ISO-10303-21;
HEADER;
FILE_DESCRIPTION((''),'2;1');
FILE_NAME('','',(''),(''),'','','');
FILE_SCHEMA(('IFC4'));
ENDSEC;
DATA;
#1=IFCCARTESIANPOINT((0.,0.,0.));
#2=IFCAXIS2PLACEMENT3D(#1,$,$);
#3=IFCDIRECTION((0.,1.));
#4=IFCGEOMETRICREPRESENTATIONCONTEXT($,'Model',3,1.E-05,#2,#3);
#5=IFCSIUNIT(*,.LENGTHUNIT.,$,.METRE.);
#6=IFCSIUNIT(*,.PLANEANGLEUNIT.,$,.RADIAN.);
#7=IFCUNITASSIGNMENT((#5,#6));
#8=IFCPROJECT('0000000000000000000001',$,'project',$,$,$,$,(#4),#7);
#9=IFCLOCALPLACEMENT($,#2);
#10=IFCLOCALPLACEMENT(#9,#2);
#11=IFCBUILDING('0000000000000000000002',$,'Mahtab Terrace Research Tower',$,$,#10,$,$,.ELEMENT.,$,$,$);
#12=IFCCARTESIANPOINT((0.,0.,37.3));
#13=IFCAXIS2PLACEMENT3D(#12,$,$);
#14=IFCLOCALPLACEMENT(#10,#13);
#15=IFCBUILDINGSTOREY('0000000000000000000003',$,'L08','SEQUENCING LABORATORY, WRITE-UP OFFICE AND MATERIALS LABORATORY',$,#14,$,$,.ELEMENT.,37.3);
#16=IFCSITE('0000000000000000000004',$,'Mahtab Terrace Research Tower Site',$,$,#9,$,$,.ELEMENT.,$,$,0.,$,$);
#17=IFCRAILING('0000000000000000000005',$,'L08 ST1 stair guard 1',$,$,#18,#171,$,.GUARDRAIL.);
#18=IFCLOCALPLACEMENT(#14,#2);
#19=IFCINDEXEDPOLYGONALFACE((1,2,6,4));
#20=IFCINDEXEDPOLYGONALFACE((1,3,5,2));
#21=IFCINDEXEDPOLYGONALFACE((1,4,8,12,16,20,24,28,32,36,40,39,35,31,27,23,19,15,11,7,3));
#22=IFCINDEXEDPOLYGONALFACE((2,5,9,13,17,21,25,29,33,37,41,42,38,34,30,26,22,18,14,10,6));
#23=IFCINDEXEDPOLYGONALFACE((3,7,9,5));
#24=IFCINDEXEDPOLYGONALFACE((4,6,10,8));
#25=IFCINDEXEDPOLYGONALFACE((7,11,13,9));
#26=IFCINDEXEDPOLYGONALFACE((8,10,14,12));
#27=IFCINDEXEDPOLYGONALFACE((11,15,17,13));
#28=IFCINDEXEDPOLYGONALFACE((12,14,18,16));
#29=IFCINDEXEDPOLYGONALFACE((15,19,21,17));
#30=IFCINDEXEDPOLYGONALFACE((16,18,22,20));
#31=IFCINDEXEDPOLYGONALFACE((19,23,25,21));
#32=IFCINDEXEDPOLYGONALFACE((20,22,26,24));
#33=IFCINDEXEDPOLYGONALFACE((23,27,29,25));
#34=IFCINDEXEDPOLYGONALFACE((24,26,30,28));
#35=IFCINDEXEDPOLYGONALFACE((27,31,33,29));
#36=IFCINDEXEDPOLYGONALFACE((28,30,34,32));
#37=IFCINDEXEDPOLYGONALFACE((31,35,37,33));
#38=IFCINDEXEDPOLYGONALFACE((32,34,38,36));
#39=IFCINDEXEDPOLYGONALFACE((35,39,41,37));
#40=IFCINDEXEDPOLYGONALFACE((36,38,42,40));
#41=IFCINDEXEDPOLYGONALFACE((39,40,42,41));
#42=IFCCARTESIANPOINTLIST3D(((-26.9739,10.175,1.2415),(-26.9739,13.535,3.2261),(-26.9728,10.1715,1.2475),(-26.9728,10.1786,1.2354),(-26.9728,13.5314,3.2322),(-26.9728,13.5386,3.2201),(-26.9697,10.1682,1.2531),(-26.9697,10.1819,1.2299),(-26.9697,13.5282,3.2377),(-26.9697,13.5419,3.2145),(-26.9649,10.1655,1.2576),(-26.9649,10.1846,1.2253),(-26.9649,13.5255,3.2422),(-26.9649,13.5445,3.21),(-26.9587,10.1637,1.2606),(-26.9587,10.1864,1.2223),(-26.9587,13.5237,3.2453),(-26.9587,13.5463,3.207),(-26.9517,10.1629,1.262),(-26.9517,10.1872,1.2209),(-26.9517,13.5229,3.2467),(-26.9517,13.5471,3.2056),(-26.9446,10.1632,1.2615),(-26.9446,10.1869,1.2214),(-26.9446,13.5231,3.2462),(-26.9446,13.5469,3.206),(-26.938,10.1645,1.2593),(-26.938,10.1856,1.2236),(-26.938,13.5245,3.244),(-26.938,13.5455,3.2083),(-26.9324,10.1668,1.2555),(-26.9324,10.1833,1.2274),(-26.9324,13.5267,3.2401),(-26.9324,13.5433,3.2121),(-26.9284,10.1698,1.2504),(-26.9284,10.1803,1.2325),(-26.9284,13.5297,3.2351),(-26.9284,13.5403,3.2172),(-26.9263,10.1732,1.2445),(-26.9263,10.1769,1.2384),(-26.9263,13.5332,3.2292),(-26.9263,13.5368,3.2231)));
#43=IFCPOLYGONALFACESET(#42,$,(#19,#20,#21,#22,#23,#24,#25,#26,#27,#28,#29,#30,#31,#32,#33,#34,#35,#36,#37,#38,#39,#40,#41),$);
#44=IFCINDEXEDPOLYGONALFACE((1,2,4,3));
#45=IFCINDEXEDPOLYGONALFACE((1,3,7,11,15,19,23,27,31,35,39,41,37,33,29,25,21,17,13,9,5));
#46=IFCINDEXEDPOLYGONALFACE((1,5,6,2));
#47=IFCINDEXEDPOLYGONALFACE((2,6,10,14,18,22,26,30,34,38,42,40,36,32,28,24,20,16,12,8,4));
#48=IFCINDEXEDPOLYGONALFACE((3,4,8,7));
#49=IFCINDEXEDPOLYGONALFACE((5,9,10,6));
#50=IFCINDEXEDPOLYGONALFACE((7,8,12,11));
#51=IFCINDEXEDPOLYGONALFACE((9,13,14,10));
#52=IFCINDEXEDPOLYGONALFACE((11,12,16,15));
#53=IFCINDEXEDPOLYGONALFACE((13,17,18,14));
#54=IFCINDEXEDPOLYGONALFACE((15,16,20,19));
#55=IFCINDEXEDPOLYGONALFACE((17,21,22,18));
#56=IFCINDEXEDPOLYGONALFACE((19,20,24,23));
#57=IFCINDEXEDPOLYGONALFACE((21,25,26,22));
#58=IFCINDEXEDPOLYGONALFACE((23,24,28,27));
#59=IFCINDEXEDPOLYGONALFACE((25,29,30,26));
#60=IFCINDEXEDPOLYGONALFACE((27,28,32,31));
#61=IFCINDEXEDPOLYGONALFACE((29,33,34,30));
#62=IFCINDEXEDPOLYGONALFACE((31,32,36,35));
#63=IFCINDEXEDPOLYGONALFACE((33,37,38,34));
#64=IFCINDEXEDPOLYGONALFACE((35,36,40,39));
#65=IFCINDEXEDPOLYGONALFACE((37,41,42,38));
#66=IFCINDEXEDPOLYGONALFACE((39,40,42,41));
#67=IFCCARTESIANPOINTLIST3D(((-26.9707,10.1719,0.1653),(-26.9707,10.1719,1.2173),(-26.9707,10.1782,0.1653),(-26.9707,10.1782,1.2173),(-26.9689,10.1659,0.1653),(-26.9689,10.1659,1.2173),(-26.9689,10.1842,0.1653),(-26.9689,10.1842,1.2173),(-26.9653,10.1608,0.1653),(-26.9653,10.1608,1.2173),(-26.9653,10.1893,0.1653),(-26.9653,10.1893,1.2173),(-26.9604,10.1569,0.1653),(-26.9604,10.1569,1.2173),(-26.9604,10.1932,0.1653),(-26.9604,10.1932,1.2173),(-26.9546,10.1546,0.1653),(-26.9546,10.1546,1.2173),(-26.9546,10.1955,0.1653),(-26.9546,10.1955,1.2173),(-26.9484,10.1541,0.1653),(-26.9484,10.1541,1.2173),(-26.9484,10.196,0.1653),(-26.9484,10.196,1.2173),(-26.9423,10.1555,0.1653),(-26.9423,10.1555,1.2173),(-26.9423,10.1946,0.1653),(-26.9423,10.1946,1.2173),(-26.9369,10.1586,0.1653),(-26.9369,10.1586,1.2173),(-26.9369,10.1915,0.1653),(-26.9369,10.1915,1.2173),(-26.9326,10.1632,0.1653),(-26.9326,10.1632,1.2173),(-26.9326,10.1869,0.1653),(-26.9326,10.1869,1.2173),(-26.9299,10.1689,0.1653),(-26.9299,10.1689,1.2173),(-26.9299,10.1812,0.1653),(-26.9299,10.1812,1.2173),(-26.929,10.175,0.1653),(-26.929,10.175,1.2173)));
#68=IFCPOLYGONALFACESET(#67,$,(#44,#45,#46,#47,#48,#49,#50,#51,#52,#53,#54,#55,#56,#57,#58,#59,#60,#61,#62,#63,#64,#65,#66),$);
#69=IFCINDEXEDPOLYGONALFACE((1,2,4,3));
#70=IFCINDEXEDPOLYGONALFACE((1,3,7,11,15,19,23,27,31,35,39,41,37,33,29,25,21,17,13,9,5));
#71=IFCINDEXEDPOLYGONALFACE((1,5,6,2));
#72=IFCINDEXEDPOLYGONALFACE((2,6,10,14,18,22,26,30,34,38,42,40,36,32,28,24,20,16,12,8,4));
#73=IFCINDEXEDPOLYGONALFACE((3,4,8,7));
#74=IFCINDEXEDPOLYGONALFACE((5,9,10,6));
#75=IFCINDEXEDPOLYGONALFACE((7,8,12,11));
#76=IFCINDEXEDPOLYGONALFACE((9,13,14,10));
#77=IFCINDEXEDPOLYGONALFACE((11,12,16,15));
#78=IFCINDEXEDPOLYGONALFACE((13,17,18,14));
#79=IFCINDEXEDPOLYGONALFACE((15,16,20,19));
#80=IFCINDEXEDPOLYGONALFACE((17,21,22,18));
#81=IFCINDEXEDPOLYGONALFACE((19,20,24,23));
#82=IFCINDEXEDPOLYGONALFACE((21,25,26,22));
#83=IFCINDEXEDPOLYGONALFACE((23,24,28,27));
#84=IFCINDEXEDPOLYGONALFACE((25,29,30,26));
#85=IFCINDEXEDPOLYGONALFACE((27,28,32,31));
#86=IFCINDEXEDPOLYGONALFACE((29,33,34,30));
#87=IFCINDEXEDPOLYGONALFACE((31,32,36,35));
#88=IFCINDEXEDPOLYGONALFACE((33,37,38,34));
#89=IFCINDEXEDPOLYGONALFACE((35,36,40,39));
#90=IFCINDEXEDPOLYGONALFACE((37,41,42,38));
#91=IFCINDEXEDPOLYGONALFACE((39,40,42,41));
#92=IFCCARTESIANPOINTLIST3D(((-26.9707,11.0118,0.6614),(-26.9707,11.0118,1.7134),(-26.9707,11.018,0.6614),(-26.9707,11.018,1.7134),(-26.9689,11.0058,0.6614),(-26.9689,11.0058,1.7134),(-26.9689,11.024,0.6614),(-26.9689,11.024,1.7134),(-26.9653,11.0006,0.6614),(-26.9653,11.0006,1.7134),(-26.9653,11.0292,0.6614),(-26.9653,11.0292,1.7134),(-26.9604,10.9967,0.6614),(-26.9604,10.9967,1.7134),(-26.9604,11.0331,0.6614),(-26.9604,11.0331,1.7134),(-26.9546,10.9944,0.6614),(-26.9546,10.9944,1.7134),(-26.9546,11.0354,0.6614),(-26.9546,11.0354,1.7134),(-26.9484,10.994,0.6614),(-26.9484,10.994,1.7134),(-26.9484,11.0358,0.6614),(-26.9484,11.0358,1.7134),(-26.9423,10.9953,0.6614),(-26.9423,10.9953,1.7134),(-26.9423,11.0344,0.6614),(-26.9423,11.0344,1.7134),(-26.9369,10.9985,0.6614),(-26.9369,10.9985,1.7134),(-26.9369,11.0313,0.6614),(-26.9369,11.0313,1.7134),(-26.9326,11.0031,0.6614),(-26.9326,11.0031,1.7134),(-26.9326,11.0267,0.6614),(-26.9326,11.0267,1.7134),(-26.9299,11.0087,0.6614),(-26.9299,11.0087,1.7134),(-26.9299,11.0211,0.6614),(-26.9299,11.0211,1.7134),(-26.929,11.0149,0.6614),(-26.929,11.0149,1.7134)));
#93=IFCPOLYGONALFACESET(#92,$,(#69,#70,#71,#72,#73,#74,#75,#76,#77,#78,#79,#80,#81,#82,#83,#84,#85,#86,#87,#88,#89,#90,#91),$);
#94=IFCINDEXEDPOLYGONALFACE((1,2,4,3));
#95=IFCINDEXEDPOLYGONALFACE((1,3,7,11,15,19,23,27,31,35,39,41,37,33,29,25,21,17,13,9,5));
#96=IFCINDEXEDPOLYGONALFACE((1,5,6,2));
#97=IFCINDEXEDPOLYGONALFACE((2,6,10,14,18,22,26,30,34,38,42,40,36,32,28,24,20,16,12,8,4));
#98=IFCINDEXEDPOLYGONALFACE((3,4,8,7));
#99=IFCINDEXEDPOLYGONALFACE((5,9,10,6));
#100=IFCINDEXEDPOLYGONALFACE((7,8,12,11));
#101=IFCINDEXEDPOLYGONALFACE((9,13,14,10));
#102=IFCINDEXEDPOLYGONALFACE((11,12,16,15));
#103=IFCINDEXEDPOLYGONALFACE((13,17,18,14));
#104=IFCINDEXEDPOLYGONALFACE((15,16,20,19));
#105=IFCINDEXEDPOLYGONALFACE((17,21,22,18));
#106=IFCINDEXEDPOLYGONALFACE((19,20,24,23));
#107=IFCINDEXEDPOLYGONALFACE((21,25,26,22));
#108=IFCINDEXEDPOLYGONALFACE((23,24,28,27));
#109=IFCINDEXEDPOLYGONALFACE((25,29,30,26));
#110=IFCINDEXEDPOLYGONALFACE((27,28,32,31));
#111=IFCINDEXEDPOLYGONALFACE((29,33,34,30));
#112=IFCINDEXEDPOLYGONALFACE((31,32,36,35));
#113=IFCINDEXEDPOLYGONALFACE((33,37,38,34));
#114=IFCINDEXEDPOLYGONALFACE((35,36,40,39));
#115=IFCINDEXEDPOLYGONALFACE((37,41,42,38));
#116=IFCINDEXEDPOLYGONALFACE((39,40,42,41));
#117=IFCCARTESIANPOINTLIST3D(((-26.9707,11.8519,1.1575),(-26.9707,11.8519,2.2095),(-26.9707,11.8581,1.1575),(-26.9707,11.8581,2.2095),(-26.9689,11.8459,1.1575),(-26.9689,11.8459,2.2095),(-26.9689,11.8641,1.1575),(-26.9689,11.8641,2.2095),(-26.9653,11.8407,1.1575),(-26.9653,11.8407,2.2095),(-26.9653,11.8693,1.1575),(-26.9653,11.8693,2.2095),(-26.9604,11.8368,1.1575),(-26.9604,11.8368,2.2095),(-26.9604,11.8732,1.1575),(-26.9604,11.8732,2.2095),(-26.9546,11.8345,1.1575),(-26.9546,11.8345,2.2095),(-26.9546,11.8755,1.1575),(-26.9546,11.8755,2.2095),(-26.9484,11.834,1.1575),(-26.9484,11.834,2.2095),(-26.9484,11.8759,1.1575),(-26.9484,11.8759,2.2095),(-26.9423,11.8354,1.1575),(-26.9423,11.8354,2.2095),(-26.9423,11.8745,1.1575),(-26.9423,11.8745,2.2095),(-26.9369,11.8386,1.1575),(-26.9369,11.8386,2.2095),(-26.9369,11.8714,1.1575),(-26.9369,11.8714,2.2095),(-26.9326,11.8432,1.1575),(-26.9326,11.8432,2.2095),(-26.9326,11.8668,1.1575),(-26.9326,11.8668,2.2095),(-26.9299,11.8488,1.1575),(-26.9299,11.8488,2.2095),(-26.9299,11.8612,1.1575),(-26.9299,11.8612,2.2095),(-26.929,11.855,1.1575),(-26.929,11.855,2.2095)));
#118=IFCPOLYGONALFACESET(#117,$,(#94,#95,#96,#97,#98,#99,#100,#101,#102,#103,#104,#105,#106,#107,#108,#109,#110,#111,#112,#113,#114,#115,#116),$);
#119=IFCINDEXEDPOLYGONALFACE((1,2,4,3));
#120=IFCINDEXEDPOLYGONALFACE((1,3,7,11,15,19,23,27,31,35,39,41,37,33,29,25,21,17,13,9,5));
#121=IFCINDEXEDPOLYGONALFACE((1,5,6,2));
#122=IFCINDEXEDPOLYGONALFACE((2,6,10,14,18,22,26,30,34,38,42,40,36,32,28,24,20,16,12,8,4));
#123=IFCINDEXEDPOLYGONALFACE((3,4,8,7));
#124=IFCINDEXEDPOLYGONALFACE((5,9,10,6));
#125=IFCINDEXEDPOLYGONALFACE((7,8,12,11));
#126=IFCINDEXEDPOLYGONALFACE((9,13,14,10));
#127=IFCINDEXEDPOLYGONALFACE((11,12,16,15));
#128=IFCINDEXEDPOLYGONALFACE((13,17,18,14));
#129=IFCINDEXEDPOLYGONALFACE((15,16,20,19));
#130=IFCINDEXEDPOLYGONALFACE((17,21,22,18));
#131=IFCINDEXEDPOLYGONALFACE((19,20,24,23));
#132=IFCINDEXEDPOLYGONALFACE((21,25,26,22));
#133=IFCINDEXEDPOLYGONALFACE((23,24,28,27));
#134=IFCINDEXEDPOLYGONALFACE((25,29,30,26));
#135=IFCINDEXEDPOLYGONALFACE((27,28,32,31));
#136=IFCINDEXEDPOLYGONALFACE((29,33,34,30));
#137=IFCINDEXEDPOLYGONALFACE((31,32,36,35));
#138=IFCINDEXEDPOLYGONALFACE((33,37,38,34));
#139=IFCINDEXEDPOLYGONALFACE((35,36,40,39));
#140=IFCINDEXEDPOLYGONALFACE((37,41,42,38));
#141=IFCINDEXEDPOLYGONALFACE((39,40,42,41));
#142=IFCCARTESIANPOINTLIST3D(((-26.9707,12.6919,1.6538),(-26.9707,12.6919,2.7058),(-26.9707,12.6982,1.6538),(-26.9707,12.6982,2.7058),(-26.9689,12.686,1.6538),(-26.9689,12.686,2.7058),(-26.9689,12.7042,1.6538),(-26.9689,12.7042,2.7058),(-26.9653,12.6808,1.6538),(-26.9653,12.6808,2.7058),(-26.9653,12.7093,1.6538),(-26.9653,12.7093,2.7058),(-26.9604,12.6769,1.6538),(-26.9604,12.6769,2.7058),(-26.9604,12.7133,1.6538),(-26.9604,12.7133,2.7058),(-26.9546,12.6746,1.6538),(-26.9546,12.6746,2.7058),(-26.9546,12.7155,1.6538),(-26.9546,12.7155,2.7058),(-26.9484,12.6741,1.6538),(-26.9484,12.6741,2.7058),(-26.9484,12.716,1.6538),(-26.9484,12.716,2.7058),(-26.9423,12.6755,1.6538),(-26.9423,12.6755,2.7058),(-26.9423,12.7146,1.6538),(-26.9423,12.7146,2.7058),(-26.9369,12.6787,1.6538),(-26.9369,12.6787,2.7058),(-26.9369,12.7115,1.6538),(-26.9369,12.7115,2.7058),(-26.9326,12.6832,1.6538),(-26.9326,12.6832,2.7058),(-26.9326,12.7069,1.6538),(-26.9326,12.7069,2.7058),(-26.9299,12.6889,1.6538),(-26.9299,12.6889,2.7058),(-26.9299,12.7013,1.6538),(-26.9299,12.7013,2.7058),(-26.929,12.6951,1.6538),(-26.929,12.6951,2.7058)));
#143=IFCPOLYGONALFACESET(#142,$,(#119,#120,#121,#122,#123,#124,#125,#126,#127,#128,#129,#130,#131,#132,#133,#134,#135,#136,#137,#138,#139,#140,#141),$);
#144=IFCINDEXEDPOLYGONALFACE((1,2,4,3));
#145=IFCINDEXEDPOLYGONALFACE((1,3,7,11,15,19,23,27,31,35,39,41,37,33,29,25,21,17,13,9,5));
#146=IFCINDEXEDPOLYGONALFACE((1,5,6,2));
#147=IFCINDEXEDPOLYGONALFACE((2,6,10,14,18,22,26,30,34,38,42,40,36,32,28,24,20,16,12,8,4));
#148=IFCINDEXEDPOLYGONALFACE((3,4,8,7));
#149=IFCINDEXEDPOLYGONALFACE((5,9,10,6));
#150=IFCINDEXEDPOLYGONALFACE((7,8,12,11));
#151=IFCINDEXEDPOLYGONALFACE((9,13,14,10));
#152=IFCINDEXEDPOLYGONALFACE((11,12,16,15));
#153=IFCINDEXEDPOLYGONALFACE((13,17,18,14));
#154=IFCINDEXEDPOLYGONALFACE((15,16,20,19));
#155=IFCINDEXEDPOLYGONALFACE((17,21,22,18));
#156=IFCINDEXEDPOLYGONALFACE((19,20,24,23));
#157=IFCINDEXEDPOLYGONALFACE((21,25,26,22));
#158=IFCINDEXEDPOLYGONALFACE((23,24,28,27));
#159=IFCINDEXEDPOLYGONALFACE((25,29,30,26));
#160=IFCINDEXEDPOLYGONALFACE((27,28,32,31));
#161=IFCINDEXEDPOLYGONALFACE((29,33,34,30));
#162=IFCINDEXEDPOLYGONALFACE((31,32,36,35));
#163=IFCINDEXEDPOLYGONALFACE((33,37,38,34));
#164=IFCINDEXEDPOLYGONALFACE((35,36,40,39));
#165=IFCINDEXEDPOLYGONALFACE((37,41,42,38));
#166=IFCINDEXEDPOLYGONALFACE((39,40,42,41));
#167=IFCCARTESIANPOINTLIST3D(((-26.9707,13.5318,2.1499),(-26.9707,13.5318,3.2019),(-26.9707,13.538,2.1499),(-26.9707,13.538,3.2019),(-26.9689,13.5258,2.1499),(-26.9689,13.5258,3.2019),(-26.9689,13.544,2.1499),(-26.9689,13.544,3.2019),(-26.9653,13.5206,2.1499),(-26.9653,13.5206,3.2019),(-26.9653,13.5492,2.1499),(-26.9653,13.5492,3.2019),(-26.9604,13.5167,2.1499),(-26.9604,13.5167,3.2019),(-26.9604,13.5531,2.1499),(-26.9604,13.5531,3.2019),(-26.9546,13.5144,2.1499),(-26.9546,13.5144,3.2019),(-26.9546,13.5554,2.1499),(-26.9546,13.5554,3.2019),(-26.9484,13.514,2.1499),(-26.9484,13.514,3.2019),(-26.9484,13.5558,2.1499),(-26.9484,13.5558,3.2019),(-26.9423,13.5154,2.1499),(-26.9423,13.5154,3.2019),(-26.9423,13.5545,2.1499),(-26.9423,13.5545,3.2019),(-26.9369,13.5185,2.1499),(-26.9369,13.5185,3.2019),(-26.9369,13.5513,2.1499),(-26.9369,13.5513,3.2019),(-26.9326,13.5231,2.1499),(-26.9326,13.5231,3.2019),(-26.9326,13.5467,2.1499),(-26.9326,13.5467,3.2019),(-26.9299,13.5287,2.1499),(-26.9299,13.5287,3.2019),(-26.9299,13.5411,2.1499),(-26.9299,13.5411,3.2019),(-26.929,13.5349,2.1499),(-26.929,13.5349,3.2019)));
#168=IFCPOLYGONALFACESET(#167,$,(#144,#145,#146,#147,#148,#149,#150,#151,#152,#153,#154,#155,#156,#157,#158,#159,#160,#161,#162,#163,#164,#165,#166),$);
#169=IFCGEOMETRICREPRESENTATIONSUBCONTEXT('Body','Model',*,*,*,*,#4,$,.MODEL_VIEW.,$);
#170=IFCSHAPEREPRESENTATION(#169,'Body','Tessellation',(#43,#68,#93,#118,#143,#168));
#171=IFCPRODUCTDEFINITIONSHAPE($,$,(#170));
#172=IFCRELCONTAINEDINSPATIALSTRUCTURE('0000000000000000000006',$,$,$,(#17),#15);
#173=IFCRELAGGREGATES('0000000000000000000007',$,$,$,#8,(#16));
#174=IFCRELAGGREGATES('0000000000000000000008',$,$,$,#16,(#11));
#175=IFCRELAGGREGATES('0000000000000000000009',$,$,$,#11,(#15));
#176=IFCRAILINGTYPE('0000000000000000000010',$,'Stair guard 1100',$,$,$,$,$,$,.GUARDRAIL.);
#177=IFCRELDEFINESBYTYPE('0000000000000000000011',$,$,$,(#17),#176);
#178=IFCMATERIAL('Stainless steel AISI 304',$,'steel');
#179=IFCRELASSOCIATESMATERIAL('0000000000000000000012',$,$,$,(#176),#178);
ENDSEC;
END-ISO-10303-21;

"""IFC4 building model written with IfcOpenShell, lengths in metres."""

from ifc_helpers import new_model, si_unit, direction, frame, origin, origin_2d, place, context, subcontext, project, spatial, circle, extrude, material, type_object, element, save


model = new_model("IFC4")

# Units and contexts
model_context = context("Model", 3, precision=1e-05, world=origin(), true_north=direction((0.0, 1.0)))
body_context = subcontext(model_context, "Body", "Model", "MODEL_VIEW")
ifc_project = project(units=[si_unit("LENGTHUNIT", "METRE"), si_unit("PLANEANGLEUNIT", "RADIAN")], contexts=[model_context])

# Site, building, storey
site_placement = place(None, origin())
site = spatial("IfcSite", under=ifc_project, at=site_placement, Name="Mahtab Terrace Research Tower Site", CompositionType="ELEMENT", RefElevation=0.0)
building_placement = place(site_placement, origin())
building = spatial("IfcBuilding", under=site, at=building_placement, Name="Mahtab Terrace Research Tower", CompositionType="ELEMENT")
storey_placement = place(building_placement, frame((0.0, 0.0, 37.3)))
storey = spatial("IfcBuildingStorey", under=building, at=storey_placement, Name="L08", Description="SEQUENCING LABORATORY, WRITE-UP OFFICE AND MATERIALS LABORATORY", CompositionType="ELEMENT", Elevation=37.3)

# Railing
ifc_material_1 = material(Name="Stainless steel AISI 304", Category="steel")
railing_type_1 = type_object("IfcRailingType", Name="Stair guard 1100", PredefinedType="GUARDRAIL", material=ifc_material_1)
railing_1_placement = place(storey_placement, frame((-26.95, 10.175, 0.1653)))
element("IfcRailing", 1, at=railing_1_placement, inside=storey, type_object=railing_type_1, Name="L08 ST1 stair guard 1", PredefinedType="GUARDRAIL", context=body_context, shape_type="SweptSolid", body=[
    extrude(circle(Radius=0.0239, at=origin_2d()), frame((0.0, 0.0, 1.0762), z_axis=(0.0, 0.861011, 0.508586), x_axis=(-1.0, 0.0, 0.0)), (0.0, 0.0, 1.0), 3.9023),
    extrude(circle(Radius=0.021, at=origin_2d()), origin(), (0.0, 0.0, 1.0), 1.052),
    extrude(circle(Radius=0.021, at=origin_2d()), frame((0.0, 0.8398, 0.4961)), (0.0, 0.0, 1.0), 1.052),
    extrude(circle(Radius=0.021, at=origin_2d()), frame((0.0, 1.6799, 0.9922)), (0.0, 0.0, 1.0), 1.052),
    extrude(circle(Radius=0.021, at=origin_2d()), frame((0.0, 2.52, 1.4885)), (0.0, 0.0, 1.0), 1.052),
    extrude(circle(Radius=0.021, at=origin_2d()), frame((0.0, 3.3599, 1.9846)), (0.0, 0.0, 1.0), 1.052),
])

save(model, "model.ifc")
